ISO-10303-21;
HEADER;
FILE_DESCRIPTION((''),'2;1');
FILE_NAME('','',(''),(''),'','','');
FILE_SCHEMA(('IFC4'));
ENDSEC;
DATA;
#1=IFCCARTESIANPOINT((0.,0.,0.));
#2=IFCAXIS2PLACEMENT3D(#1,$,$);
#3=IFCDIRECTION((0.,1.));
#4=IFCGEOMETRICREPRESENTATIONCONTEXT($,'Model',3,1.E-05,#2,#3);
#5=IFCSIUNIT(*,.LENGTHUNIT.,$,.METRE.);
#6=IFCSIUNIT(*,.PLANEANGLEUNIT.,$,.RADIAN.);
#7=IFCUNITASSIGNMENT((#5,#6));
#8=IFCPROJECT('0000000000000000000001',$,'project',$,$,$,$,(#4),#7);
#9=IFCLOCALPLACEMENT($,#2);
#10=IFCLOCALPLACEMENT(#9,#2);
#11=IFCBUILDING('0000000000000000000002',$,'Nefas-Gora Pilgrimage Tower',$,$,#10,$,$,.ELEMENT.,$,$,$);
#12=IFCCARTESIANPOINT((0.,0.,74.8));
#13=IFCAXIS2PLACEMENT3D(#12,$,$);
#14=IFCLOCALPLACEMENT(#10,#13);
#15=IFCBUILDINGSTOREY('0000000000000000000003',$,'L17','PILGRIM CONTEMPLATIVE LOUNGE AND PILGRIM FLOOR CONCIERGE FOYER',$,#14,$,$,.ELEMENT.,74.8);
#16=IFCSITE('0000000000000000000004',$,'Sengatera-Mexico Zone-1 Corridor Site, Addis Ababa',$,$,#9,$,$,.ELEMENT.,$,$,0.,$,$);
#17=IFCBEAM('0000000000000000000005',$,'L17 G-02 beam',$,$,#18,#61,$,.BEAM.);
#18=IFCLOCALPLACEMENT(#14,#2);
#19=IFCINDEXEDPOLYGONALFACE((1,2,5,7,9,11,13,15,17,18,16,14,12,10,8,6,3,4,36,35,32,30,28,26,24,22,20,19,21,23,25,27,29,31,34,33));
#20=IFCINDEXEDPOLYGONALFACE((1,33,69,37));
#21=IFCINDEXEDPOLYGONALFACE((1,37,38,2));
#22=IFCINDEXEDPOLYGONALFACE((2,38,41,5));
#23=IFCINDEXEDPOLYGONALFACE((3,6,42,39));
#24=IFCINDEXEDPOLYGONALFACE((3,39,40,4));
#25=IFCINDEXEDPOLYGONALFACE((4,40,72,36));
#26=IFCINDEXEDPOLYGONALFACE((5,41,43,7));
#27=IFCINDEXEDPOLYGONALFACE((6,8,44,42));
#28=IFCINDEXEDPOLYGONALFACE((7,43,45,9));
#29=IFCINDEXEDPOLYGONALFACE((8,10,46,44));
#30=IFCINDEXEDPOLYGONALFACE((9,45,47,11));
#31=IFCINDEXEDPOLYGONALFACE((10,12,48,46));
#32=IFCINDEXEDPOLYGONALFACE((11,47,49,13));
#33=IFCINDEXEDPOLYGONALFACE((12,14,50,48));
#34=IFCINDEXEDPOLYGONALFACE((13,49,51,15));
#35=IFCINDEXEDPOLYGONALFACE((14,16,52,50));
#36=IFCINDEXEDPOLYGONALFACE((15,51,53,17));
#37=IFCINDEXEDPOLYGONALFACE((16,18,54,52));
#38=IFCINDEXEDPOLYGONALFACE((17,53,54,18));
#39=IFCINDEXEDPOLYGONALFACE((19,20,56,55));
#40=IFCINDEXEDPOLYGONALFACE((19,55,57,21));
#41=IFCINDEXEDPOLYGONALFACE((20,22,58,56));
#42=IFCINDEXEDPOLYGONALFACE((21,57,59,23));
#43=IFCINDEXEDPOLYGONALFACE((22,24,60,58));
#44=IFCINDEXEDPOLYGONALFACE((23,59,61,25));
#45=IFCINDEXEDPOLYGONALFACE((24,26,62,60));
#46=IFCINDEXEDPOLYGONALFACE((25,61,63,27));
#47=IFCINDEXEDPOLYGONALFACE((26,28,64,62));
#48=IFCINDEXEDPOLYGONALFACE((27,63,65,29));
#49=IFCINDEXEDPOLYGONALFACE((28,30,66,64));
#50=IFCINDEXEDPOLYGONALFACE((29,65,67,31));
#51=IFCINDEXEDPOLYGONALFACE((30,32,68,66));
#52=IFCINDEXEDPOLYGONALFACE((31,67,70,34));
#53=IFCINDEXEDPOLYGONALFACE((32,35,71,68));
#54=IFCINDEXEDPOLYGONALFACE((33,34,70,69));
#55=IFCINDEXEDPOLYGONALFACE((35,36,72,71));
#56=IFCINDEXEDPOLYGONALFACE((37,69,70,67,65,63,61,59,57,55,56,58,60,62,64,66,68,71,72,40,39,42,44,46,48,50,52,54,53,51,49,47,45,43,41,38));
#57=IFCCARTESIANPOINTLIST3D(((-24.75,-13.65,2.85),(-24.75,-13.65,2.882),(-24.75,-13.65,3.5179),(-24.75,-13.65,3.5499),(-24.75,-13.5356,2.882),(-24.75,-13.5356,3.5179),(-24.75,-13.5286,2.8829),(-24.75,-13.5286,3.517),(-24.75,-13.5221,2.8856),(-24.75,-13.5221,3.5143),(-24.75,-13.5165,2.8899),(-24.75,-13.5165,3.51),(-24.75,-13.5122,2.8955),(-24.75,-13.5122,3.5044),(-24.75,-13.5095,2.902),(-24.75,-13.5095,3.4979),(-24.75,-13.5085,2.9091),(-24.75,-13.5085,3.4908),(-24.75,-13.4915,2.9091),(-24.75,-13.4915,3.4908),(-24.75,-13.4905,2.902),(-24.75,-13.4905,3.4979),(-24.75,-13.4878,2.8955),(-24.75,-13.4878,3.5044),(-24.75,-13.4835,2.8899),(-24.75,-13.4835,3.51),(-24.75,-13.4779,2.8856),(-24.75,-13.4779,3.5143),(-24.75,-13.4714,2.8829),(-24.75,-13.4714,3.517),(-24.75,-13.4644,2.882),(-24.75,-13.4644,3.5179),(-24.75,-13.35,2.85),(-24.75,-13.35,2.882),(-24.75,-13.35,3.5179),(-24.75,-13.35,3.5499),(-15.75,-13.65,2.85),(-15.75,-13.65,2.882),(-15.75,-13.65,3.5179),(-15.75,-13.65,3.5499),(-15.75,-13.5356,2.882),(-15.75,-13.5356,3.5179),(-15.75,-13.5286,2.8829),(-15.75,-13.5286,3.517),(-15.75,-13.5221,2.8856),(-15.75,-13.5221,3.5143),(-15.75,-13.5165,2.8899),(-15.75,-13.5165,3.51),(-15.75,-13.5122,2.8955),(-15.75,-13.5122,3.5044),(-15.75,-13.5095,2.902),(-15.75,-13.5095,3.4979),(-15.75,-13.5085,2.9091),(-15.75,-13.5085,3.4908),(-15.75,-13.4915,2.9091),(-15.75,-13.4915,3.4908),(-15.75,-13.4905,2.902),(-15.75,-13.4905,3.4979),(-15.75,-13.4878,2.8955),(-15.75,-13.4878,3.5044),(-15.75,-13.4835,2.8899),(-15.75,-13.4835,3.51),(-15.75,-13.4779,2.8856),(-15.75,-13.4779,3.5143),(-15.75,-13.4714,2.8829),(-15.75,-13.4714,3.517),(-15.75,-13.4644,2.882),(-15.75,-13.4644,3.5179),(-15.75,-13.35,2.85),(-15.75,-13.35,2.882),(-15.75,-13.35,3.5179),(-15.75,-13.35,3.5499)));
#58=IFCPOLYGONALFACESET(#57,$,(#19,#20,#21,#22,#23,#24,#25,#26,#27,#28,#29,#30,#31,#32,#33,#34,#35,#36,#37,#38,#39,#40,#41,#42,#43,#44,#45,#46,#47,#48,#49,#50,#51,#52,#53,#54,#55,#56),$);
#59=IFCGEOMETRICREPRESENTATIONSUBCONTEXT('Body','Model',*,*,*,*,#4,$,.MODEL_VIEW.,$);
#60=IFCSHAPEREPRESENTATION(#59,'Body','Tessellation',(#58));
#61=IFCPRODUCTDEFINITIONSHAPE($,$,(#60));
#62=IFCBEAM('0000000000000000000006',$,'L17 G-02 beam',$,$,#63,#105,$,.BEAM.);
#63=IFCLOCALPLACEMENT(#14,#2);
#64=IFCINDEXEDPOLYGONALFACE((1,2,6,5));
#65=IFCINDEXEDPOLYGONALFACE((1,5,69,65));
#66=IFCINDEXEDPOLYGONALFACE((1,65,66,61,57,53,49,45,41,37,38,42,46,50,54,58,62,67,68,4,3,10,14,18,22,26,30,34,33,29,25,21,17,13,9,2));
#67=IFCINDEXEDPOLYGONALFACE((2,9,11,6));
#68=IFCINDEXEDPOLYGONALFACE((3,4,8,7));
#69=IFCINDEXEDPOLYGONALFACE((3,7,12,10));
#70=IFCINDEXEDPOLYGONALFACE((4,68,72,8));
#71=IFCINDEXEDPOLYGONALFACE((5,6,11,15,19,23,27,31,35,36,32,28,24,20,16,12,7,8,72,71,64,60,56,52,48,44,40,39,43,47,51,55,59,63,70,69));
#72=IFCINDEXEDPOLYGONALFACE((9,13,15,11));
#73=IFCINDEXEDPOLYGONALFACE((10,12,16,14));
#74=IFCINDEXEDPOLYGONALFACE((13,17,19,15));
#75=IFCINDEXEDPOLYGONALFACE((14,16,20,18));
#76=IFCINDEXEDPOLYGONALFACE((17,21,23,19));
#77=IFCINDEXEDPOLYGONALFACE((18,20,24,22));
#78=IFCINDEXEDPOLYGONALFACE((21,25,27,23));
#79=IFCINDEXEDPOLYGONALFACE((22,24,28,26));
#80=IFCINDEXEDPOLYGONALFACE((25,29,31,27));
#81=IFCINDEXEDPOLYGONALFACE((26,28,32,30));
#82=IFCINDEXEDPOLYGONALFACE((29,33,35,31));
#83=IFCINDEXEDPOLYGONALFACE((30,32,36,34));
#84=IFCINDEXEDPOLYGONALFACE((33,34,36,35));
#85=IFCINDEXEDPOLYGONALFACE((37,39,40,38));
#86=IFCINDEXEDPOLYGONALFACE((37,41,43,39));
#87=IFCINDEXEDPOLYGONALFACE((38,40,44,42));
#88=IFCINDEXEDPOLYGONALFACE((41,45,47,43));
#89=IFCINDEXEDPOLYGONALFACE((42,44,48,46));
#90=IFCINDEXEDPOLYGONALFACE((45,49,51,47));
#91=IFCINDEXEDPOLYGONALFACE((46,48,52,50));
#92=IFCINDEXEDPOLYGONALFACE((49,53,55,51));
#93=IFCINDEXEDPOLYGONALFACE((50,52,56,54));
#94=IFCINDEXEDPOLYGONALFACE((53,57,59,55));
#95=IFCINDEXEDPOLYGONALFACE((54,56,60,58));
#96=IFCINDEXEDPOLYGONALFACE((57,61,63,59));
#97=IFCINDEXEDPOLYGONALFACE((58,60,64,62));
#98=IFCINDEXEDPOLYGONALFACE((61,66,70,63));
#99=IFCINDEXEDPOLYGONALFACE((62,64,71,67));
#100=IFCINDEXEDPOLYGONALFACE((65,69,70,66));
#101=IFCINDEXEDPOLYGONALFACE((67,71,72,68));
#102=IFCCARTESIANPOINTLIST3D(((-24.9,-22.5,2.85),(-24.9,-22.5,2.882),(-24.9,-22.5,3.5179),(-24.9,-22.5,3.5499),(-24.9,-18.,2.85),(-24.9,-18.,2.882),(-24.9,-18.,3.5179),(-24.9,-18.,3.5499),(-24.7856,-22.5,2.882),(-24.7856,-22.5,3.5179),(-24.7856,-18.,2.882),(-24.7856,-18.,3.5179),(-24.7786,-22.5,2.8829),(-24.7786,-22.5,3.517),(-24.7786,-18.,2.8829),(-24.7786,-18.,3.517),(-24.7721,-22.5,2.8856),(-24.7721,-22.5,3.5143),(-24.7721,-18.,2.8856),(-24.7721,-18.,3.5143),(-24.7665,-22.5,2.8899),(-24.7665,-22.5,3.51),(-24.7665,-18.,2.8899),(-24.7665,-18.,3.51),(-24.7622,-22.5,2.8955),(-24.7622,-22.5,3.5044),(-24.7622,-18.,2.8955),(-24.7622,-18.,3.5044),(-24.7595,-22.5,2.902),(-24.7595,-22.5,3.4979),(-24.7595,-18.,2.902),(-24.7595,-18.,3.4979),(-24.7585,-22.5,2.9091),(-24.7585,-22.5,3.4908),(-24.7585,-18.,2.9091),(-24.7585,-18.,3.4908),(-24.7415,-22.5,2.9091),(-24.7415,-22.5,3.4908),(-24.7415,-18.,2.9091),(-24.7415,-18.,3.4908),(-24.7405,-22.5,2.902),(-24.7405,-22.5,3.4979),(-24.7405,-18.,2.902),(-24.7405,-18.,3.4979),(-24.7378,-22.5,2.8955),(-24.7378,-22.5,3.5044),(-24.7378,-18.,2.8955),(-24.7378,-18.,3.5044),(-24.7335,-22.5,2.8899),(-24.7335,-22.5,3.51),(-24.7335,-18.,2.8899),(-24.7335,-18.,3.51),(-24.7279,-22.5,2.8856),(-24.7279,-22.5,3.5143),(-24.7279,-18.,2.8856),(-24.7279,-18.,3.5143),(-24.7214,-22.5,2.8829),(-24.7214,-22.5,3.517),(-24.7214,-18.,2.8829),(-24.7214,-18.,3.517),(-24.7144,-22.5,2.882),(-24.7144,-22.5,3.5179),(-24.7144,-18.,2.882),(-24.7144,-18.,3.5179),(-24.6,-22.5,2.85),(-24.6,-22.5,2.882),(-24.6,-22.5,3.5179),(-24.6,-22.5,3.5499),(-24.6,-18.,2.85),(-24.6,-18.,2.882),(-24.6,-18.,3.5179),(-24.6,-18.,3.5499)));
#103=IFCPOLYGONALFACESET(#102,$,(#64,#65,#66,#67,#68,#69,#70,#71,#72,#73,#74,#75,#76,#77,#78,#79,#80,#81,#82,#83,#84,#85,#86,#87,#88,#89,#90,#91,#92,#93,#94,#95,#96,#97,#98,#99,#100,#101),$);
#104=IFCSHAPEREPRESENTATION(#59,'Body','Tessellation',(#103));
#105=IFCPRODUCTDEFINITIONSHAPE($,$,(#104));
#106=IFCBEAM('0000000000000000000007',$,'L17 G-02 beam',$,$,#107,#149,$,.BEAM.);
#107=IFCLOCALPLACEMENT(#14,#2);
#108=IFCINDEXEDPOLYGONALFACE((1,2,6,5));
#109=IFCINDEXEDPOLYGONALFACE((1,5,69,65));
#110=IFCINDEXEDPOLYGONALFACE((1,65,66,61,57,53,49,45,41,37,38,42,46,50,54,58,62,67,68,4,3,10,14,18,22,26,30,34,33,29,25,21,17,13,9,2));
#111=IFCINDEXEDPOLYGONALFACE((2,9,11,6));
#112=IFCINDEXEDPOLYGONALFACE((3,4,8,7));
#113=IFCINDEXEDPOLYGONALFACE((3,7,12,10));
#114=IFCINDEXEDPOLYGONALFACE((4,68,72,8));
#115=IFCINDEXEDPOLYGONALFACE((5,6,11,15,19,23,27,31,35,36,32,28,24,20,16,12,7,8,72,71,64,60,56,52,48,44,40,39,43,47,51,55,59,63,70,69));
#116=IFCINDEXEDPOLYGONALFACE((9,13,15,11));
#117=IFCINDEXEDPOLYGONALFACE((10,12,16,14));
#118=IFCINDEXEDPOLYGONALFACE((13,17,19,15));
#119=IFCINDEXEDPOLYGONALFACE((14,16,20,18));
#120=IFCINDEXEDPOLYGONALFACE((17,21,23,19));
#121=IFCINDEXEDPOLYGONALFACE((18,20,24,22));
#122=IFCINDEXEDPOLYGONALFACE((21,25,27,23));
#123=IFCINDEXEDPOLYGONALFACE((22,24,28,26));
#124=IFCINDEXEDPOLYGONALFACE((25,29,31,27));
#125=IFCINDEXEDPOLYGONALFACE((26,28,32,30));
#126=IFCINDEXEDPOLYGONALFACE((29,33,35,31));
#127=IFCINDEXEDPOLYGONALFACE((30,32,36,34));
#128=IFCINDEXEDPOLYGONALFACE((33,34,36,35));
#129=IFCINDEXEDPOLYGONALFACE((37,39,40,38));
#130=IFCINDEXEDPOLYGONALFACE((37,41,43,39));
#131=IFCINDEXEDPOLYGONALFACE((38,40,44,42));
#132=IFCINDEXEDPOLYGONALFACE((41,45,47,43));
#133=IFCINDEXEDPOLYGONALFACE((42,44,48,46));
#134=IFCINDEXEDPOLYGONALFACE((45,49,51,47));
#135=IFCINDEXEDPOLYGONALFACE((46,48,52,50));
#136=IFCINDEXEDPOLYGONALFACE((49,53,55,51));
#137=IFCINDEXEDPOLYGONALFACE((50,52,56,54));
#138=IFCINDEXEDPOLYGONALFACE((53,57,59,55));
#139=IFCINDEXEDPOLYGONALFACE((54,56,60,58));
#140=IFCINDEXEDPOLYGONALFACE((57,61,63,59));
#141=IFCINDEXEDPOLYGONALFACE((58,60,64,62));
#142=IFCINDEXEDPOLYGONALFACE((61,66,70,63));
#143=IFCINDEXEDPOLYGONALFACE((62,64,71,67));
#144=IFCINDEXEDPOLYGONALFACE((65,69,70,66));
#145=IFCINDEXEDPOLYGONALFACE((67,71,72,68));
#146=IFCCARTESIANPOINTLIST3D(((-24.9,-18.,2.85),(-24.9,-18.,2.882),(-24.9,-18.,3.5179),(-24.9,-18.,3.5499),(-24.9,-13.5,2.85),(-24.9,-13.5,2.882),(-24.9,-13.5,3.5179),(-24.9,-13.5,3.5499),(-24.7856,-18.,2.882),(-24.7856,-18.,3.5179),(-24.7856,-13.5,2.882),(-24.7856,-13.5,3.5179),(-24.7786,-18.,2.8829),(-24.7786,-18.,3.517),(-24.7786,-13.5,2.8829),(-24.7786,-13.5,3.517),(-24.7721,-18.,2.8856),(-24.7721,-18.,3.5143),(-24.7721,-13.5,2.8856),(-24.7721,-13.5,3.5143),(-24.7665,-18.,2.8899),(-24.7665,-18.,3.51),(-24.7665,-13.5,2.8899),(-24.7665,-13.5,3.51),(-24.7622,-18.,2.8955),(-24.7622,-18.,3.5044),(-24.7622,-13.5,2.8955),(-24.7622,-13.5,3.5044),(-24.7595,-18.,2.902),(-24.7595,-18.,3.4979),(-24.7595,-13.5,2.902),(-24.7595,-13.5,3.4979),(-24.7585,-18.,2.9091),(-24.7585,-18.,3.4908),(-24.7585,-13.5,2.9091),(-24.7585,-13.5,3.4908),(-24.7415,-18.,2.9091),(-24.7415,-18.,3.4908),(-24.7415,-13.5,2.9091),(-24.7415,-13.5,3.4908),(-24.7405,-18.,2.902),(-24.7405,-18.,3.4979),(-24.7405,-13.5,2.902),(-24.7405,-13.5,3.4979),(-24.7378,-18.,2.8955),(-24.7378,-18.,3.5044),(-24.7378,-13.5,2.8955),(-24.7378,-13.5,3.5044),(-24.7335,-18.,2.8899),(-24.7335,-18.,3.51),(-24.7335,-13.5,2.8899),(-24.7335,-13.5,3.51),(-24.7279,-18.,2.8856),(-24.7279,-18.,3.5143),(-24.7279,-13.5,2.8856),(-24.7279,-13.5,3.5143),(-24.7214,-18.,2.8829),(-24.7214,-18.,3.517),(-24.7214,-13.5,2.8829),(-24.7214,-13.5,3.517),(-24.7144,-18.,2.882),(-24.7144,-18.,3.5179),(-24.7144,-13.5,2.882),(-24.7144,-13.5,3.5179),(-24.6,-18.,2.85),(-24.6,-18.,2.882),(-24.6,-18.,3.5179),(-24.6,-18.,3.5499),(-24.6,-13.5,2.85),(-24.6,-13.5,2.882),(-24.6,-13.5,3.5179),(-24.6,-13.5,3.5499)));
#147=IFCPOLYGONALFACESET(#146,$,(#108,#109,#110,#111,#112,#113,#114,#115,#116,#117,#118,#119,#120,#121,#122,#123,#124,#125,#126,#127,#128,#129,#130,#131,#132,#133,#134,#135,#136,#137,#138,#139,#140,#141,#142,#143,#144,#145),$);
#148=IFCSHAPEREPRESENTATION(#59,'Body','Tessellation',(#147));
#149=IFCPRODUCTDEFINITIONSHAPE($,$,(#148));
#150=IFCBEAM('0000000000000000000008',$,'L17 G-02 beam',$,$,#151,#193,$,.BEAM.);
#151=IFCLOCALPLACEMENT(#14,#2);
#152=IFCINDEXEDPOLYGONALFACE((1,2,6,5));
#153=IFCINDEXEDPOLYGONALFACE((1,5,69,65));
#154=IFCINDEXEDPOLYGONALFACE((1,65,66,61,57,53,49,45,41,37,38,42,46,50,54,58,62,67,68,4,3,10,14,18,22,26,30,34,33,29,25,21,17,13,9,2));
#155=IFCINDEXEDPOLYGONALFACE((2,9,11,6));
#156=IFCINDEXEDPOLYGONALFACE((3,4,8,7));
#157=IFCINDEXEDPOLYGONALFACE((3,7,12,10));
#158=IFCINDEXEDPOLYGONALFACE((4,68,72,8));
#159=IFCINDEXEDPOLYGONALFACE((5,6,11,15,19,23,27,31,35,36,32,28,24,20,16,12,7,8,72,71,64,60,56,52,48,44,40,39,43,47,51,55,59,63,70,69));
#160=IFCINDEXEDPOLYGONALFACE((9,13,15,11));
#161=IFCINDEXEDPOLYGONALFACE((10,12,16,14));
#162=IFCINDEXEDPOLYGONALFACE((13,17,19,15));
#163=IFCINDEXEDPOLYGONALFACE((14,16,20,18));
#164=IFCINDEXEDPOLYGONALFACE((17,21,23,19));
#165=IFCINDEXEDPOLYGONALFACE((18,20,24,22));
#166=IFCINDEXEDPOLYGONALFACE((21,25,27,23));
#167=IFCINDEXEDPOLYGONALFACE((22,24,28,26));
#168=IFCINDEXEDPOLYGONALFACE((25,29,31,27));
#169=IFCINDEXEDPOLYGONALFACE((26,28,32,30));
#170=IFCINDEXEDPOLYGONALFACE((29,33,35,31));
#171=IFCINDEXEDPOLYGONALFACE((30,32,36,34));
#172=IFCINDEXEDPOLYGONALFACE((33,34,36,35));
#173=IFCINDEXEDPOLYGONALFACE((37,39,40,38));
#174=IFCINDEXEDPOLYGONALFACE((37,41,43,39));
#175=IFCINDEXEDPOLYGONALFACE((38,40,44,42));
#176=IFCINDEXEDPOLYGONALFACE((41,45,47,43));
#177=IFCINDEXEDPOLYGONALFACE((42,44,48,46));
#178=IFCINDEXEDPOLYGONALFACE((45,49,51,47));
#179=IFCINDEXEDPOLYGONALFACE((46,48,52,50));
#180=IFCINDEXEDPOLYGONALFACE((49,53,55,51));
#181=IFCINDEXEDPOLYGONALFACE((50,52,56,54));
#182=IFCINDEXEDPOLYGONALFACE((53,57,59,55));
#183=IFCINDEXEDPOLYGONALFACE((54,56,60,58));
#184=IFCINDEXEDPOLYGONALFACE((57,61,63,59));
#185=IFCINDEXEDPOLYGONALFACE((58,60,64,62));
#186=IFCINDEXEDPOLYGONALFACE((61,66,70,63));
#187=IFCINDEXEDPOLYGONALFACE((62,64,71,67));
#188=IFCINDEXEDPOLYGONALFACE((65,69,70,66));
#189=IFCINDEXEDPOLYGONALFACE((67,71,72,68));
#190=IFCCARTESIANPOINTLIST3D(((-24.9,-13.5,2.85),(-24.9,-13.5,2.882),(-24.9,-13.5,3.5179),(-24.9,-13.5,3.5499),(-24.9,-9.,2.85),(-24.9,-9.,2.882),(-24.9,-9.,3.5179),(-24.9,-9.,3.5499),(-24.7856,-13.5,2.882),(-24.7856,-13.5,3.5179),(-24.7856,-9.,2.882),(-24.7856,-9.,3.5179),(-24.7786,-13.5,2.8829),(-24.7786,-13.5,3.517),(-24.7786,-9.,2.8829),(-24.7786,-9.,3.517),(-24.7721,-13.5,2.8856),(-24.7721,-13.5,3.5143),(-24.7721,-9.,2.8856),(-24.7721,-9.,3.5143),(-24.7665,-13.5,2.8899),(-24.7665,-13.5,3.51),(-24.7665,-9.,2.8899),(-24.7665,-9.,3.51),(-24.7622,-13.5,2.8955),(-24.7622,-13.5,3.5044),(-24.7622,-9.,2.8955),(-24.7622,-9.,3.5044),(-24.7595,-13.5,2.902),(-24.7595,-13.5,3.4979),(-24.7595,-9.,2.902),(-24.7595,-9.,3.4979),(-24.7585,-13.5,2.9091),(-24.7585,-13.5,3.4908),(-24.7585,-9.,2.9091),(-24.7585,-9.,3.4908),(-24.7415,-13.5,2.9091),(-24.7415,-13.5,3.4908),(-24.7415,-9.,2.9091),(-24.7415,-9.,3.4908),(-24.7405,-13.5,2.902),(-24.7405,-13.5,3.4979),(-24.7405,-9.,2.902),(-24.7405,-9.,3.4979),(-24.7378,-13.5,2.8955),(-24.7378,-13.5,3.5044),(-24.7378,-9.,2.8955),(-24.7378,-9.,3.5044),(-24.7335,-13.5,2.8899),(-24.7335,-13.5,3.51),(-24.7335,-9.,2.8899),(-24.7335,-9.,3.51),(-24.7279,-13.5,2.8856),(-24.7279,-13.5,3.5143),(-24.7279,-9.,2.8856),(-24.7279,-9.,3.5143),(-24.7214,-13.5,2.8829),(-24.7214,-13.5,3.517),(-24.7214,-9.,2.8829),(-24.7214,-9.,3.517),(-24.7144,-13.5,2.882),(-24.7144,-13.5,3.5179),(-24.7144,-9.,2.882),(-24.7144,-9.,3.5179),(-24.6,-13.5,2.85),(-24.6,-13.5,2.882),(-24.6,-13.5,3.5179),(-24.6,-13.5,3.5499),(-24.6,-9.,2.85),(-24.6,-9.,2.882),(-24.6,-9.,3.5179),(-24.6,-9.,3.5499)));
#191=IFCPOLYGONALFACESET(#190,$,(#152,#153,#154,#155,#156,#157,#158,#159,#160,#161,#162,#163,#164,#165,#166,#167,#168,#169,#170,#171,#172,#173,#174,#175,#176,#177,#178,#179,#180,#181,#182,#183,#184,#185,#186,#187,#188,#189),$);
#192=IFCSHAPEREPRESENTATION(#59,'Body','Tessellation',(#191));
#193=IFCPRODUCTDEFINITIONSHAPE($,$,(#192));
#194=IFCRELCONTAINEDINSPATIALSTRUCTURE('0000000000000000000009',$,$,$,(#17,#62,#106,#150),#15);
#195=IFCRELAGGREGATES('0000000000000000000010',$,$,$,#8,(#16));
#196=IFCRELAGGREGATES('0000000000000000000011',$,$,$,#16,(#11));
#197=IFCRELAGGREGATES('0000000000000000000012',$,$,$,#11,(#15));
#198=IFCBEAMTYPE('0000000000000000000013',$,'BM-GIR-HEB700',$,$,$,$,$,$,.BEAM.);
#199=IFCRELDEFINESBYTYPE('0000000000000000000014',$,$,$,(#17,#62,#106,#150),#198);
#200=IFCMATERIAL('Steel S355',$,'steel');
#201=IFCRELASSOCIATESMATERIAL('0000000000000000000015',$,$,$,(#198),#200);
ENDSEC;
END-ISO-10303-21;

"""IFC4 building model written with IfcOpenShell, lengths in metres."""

from ifc_helpers import new_model, si_unit, direction, frame, origin, origin_2d, place, context, subcontext, project, spatial, i_section, extrude, source, transform, mapped, material, material_profile, profile_set, type_object, element, save


model = new_model("IFC4")

# Units and contexts
model_context = context("Model", 3, precision=1e-05, world=origin(), true_north=direction((0.0, 1.0)))
body_context = subcontext(model_context, "Body", "Model", "MODEL_VIEW")
ifc_project = project(units=[si_unit("LENGTHUNIT", "METRE"), si_unit("PLANEANGLEUNIT", "RADIAN")], contexts=[model_context])

# Site, building, storey
site_placement = place(None, origin())
site = spatial("IfcSite", under=ifc_project, at=site_placement, Name="Sengatera-Mexico Zone-1 Corridor Site, Addis Ababa", CompositionType="ELEMENT", RefElevation=0.0)
building_placement = place(site_placement, origin())
building = spatial("IfcBuilding", under=site, at=building_placement, Name="Nefas-Gora Pilgrimage Tower", CompositionType="ELEMENT")
storey_placement = place(building_placement, frame((0.0, 0.0, 74.8)))
storey = spatial("IfcBuildingStorey", under=building, at=storey_placement, Name="L17", Description="PILGRIM CONTEMPLATIVE LOUNGE AND PILGRIM FLOOR CONCIERGE FOYER", CompositionType="ELEMENT", Elevation=74.8)

# Beams
ifc_material_1 = material(Name="Steel S355", Category="steel")
ifc_material_profile_1 = material_profile(ifc_material_1, i_section(OverallWidth=0.3, OverallDepth=0.7, WebThickness=0.0171, FlangeThickness=0.032, FilletRadius=0.0271, at=origin_2d()), Name="HEB 700")
ifc_profile_set_1 = profile_set([ifc_material_profile_1], Name="Steel S355")
beam_type_1 = type_object("IfcBeamType", Name="BM-GIR-HEB700", PredefinedType="BEAM", material=ifc_profile_set_1)
shared_shape_1 = source(origin(), body_context, "Body", "SweptSolid", [
    extrude(i_section(OverallWidth=0.3, OverallDepth=0.7, WebThickness=0.0171, FlangeThickness=0.032, FilletRadius=0.0271, at=origin_2d()), origin(), (0.0, 0.0, 1.0), 9.0),
])
for number, where, z_axis, x_axis, name in (
    (1, (-24.75, -13.5, 3.2), (1.0, 0.0, 0.0), (0.0, 1.0, 0.0), "L17 G-02 beam"),
):
    element("IfcBeam", number, at=place(storey_placement, frame(where, z_axis=z_axis, x_axis=x_axis)), inside=storey, type_object=beam_type_1, Name=name, PredefinedType="BEAM", context=body_context, shape_type="MappedRepresentation", body=[
        mapped(shared_shape_1, transform((0.0, 0.0, 0.0), x_axis=(1.0, 0.0, 0.0), y_axis=(0.0, 1.0, 0.0), z_axis=(0.0, 0.0, 1.0), scale=1.0)),
    ])
shared_shape_2 = source(origin(), body_context, "Body", "SweptSolid", [
    extrude(i_section(OverallWidth=0.3, OverallDepth=0.7, WebThickness=0.0171, FlangeThickness=0.032, FilletRadius=0.0271, at=origin_2d()), origin(), (0.0, 0.0, 1.0), 4.5),
])
for number, where, z_axis, x_axis, name in (
    (2, (-24.75, -22.5, 3.2), (0.0, 1.0, 0.0), (-1.0, 0.0, 0.0), "L17 G-02 beam"),
    (3, (-24.75, -18.0, 3.2), (0.0, 1.0, 0.0), (-1.0, 0.0, 0.0), "L17 G-02 beam"),
    (4, (-24.75, -13.5, 3.2), (0.0, 1.0, 0.0), (-1.0, 0.0, 0.0), "L17 G-02 beam"),
):
    element("IfcBeam", number, at=place(storey_placement, frame(where, z_axis=z_axis, x_axis=x_axis)), inside=storey, type_object=beam_type_1, Name=name, PredefinedType="BEAM", context=body_context, shape_type="MappedRepresentation", body=[
        mapped(shared_shape_2, transform((0.0, 0.0, 0.0), x_axis=(1.0, 0.0, 0.0), y_axis=(0.0, 1.0, 0.0), z_axis=(0.0, 0.0, 1.0), scale=1.0)),
    ])

save(model, "model.ifc")
